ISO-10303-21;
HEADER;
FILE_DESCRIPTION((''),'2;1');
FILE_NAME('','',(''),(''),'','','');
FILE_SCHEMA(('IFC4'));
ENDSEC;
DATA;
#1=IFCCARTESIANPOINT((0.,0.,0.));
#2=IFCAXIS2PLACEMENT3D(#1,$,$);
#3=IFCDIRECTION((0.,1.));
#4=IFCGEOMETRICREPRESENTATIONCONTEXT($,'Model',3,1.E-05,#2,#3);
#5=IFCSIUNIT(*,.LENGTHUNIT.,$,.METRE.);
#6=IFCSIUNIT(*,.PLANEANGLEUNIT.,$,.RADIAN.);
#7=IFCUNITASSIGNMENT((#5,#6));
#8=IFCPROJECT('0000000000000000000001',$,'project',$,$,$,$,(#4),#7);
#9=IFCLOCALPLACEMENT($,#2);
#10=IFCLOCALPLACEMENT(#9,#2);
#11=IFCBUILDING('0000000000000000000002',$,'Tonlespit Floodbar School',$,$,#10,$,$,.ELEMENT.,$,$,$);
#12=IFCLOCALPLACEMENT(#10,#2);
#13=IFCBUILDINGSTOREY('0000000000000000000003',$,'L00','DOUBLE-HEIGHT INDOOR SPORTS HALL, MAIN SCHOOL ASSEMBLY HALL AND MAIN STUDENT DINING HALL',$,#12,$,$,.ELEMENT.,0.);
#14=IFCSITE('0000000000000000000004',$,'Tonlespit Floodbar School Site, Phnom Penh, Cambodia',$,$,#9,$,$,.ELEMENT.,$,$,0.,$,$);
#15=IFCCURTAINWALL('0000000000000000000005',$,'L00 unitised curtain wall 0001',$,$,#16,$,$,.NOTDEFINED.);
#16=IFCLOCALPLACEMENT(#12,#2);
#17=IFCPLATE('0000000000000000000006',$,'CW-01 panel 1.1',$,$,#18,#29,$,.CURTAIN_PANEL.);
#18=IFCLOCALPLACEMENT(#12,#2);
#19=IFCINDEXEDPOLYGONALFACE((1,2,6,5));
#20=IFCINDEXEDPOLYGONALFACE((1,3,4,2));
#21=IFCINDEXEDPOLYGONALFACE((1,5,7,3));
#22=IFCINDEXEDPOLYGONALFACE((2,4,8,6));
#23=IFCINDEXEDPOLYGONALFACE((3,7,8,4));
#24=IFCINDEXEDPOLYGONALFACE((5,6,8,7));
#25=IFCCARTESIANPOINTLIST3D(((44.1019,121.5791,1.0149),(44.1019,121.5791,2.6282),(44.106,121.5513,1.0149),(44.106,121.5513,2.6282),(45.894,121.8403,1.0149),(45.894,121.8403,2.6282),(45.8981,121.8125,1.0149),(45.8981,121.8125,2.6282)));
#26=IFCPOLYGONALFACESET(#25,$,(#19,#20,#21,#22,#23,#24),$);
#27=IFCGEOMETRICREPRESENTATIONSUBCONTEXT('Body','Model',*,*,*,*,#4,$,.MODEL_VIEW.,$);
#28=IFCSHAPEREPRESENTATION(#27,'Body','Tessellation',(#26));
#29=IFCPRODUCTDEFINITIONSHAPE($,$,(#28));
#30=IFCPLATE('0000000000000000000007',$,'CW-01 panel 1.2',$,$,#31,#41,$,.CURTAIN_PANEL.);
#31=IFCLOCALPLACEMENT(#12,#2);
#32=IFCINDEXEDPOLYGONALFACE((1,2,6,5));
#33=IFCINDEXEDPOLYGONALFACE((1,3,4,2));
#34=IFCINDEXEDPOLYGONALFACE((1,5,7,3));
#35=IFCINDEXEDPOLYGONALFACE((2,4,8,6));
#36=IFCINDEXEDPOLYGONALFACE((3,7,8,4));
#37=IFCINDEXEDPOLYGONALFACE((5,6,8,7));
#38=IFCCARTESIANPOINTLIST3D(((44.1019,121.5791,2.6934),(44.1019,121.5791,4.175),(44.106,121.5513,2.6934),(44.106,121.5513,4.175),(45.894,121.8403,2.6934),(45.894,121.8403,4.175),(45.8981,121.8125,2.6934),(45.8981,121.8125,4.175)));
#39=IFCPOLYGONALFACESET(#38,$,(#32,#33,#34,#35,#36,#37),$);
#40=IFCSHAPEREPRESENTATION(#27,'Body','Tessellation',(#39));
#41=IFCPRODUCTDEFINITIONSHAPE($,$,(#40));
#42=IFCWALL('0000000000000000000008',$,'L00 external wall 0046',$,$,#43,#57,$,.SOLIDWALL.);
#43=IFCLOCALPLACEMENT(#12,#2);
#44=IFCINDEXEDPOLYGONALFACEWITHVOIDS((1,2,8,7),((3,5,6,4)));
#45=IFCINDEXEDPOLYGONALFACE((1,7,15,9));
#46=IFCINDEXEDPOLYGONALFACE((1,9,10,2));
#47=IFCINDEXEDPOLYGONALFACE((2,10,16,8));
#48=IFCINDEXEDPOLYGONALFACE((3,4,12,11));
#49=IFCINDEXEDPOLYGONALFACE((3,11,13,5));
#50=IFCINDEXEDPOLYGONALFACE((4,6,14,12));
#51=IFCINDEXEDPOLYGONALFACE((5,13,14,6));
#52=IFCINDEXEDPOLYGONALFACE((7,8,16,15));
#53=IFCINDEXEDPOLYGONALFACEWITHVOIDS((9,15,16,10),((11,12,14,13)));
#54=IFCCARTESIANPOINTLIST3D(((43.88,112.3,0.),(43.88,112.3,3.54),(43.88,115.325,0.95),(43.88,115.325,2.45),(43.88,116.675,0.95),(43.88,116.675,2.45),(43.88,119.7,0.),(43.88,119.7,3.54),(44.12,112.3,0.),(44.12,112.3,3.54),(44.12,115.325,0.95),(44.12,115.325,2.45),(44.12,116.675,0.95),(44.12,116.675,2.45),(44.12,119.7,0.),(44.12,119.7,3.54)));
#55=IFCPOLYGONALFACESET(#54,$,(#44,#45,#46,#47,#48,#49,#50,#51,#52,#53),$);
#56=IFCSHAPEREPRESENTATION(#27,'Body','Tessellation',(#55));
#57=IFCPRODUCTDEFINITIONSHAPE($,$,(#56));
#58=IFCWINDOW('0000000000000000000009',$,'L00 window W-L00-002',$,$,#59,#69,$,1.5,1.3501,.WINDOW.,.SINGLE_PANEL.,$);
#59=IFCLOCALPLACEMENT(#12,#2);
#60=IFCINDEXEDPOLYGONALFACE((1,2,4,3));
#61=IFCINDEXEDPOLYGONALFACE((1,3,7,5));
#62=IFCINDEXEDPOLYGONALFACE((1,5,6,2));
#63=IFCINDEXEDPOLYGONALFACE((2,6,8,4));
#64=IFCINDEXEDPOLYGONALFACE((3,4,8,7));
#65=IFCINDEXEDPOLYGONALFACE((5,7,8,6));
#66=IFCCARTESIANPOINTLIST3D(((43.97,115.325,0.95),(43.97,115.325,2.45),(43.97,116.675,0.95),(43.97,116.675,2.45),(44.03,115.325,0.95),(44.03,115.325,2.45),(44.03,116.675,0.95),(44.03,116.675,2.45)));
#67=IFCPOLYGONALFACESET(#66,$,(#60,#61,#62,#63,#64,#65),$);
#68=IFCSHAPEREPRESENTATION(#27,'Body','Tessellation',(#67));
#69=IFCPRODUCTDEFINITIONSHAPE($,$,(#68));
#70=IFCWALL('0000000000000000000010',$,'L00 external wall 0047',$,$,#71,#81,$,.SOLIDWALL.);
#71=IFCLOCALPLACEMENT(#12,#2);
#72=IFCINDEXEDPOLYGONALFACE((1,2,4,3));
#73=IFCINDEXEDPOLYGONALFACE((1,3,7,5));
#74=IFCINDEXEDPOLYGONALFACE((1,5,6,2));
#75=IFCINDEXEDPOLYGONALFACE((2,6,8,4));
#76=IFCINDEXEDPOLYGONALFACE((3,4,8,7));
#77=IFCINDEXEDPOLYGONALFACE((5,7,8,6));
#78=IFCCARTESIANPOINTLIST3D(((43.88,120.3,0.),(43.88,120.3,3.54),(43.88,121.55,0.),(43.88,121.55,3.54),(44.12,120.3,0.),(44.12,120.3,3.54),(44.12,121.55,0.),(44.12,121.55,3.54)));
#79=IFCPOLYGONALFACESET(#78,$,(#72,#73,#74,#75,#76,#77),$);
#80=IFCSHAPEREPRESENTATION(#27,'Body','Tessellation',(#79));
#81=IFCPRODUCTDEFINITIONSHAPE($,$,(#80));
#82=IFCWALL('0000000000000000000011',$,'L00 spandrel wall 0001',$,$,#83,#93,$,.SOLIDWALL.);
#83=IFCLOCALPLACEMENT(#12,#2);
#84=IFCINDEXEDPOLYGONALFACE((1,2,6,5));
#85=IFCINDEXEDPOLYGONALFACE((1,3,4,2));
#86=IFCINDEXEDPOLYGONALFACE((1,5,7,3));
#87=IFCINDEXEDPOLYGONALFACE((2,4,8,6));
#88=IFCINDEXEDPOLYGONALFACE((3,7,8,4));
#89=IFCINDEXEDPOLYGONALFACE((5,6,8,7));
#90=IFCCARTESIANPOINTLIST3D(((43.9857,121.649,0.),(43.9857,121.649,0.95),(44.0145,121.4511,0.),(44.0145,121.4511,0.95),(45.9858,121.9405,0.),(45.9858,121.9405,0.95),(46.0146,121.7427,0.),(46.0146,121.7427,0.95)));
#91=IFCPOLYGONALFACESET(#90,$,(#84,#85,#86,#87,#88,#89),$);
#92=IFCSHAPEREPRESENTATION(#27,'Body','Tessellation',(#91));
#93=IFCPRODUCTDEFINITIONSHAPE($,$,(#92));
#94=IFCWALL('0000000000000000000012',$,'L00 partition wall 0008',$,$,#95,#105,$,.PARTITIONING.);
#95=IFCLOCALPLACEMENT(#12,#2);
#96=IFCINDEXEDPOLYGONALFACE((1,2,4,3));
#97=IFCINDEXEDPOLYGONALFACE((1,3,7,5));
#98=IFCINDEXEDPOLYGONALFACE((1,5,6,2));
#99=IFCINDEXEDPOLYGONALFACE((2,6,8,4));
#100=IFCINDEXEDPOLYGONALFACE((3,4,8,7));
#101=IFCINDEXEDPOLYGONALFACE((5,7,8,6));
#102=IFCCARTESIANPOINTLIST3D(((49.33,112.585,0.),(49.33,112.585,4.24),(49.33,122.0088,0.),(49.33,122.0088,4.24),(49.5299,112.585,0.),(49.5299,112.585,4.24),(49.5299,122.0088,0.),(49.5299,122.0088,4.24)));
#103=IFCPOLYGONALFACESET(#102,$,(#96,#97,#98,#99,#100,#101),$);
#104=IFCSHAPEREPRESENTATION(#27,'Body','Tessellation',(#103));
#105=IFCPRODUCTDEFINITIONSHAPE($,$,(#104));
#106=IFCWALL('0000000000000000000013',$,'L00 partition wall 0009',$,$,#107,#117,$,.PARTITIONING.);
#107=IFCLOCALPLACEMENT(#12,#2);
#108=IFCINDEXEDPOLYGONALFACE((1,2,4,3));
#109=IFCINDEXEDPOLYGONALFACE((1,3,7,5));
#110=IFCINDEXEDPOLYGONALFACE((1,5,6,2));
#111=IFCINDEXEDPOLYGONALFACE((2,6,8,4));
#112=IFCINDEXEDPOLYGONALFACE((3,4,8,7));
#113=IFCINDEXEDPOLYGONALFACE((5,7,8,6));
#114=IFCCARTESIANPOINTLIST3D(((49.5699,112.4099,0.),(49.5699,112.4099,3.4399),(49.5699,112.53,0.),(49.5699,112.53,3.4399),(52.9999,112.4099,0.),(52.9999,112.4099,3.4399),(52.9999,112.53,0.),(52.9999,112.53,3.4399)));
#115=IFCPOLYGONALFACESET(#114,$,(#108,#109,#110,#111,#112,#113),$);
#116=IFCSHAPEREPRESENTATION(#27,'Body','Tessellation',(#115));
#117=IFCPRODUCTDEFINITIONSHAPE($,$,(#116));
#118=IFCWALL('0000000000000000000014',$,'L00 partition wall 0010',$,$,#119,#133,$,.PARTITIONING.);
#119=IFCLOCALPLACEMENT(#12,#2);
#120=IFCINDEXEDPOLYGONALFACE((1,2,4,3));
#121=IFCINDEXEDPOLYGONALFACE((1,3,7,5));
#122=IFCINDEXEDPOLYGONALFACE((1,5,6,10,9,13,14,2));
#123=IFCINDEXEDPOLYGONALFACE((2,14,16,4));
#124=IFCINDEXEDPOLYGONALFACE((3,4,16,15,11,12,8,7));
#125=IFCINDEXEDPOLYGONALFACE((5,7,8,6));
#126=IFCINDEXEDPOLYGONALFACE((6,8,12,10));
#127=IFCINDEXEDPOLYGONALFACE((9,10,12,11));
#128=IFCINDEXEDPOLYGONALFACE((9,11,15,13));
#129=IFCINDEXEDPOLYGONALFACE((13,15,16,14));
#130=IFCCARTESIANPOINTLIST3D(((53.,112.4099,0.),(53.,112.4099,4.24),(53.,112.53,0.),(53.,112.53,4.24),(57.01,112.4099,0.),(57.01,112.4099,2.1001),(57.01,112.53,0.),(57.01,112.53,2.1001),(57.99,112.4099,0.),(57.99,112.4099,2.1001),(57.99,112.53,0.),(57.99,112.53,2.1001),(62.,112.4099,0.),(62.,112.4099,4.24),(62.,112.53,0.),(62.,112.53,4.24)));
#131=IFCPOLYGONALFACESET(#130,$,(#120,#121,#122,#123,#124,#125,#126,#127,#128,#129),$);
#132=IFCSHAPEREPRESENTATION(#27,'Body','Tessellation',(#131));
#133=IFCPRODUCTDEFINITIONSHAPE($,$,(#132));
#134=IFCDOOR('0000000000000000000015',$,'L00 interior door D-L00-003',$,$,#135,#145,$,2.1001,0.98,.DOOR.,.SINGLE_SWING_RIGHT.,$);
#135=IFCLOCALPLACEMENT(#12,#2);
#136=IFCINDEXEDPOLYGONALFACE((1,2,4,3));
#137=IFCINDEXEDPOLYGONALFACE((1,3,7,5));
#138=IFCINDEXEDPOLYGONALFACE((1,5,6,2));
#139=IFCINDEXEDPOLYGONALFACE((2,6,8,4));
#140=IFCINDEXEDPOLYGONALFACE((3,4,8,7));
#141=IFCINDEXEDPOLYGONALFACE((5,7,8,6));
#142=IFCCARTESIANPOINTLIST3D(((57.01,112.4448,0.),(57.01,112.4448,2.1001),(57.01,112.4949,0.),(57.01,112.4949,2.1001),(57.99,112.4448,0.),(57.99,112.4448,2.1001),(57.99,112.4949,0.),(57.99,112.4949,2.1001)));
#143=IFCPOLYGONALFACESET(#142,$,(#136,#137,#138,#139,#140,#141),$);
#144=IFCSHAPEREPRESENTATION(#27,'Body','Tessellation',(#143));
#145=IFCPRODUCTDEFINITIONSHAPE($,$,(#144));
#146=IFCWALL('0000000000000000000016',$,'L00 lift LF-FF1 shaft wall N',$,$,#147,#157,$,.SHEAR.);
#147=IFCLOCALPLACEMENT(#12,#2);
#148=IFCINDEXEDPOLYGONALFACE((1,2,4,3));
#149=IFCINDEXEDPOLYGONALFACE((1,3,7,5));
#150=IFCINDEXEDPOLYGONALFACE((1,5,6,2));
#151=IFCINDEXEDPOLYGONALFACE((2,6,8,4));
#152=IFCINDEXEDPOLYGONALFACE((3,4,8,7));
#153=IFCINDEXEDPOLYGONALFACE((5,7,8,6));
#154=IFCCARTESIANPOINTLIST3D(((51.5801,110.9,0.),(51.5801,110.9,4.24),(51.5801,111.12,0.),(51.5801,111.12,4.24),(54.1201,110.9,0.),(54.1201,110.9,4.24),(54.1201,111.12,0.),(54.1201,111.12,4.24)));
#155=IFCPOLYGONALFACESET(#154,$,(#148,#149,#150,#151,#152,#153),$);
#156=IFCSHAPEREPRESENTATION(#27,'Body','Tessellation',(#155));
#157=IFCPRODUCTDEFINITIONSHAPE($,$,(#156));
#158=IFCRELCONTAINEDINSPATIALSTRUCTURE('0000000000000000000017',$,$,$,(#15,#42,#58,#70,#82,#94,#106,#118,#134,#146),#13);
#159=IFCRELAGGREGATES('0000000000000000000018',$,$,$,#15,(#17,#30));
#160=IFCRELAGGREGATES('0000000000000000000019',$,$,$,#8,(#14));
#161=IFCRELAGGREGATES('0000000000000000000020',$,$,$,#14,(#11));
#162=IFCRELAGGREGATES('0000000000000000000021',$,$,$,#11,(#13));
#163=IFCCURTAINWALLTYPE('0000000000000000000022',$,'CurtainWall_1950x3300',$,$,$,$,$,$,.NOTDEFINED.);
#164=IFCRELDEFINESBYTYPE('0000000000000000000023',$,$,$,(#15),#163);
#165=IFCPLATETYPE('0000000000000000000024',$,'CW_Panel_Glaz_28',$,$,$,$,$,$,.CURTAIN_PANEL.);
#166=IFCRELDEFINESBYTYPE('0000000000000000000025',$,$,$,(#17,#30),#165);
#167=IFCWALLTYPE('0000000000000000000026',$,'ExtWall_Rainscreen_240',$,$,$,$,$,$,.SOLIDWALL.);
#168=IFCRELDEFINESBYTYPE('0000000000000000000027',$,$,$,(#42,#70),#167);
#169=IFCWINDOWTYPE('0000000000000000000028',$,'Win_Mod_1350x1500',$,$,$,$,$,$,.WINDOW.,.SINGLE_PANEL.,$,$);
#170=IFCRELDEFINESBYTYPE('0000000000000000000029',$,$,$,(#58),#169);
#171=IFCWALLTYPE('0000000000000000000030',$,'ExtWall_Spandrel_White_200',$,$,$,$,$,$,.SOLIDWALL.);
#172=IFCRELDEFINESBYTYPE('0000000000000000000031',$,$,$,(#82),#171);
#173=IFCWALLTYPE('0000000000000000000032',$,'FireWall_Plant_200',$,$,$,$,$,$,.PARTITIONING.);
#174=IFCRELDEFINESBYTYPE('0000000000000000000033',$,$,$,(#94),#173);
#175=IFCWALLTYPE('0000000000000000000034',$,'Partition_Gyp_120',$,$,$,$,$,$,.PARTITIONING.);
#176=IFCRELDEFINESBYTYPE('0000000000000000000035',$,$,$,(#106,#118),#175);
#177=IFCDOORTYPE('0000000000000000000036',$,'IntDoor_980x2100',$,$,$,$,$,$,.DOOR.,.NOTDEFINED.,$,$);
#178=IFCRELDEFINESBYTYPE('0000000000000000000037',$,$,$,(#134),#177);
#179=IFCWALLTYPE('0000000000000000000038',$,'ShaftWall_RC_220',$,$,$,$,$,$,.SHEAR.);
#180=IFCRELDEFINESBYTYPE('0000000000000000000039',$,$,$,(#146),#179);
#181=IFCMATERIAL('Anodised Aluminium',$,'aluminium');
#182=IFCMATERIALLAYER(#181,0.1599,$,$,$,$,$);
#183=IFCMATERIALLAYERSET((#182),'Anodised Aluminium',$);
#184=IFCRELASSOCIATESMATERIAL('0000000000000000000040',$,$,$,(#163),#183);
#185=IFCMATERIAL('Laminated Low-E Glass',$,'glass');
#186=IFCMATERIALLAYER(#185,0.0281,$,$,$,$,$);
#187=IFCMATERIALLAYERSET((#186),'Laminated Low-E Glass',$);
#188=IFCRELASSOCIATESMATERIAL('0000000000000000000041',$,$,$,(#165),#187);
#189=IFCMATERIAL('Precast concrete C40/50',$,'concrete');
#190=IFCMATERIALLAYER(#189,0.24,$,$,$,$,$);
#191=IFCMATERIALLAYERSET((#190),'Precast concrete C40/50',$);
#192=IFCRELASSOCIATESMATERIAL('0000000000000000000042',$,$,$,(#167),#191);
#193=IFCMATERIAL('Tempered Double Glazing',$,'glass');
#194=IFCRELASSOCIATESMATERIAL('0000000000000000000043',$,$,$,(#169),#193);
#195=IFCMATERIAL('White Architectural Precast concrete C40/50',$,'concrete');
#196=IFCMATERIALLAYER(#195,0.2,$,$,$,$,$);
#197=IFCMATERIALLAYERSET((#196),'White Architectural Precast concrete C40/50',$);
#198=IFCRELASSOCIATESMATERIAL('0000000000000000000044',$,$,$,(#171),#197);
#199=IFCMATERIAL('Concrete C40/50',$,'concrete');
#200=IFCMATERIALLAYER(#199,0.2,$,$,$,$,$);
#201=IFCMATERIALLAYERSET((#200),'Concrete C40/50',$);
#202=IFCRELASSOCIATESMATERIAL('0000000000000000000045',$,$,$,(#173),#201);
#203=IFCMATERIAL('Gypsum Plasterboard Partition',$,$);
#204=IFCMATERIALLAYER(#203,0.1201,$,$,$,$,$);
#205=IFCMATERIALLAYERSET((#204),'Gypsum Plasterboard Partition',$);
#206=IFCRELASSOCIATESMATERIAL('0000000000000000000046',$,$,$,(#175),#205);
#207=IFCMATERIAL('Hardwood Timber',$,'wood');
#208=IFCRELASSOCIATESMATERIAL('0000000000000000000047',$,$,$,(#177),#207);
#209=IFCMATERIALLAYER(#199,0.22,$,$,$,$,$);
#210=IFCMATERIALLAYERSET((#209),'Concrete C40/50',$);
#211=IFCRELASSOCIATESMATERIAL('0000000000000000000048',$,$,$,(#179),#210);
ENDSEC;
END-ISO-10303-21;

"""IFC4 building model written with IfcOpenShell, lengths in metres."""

from ifc_helpers import new_model, si_unit, direction, frame, frame_2d, origin, origin_2d, place, context, subcontext, project, spatial, rectangle, extrude, material, layer, layer_set, type_object, element, fill, aggregate, save


model = new_model("IFC4")

# Units and contexts
model_context = context("Model", 3, precision=1e-05, world=origin(), true_north=direction((0.0, 1.0)))
body_context = subcontext(model_context, "Body", "Model", "MODEL_VIEW")
ifc_project = project(units=[si_unit("LENGTHUNIT", "METRE"), si_unit("PLANEANGLEUNIT", "RADIAN")], contexts=[model_context])

# Site, building, storey
site_placement = place(None, origin())
site = spatial("IfcSite", under=ifc_project, at=site_placement, Name="Tonlespit Floodbar School Site, Phnom Penh, Cambodia", CompositionType="ELEMENT", RefElevation=0.0)
building_placement = place(site_placement, origin())
building = spatial("IfcBuilding", under=site, at=building_placement, Name="Tonlespit Floodbar School", CompositionType="ELEMENT")
storey_placement = place(building_placement, origin())
storey = spatial("IfcBuildingStorey", under=building, at=storey_placement, Name="L00", Description="DOUBLE-HEIGHT INDOOR SPORTS HALL, MAIN SCHOOL ASSEMBLY HALL AND MAIN STUDENT DINING HALL", CompositionType="ELEMENT", Elevation=0.0)

# Shared definitions
ifc_material_1 = material(Name="Concrete C40/50", Category="concrete")

# Curtain wall
ifc_material_2 = material(Name="Anodised Aluminium", Category="aluminium")
ifc_layer_1 = layer(ifc_material_2, 0.1599)
ifc_layer_set_1 = layer_set([ifc_layer_1], Name="Anodised Aluminium")
curtain_wall_type = type_object("IfcCurtainWallType", Name="CurtainWall_1950x3300", PredefinedType="NOTDEFINED", material=ifc_layer_set_1)
curtain_wall_placement = place(storey_placement, origin())
curtain_wall = element("IfcCurtainWall", 1, at=curtain_wall_placement, inside=storey, type_object=curtain_wall_type, Name="L00 unitised curtain wall 0001", PredefinedType="NOTDEFINED")

# Plates
ifc_material_3 = material(Name="Laminated Low-E Glass", Category="glass")
ifc_layer_2 = layer(ifc_material_3, 0.0281)
ifc_layer_set_2 = layer_set([ifc_layer_2], Name="Laminated Low-E Glass")
plate_type = type_object("IfcPlateType", Name="CW_Panel_Glaz_28", PredefinedType="CURTAIN_PANEL", material=ifc_layer_set_2)
plate_1_placement = place(storey_placement, frame((45.0, 121.6958, 1.0149), z_axis=(0.0, 0.0, 1.0), x_axis=(0.989542, 0.144248, 0.0)))
plate_1 = element("IfcPlate", 2, at=plate_1_placement, type_object=plate_type, Name="CW-01 panel 1.1", PredefinedType="CURTAIN_PANEL", context=body_context, shape_type="SweptSolid", body=[
    extrude(rectangle(XDim=1.811, YDim=0.0281, at=origin_2d()), origin(), (0.0, 0.0, 1.0), 1.6133),
])
plate_2_placement = place(storey_placement, frame((45.0, 121.6958, 2.6934), z_axis=(0.0, 0.0, 1.0), x_axis=(0.989542, 0.144248, 0.0)))
plate_2 = element("IfcPlate", 3, at=plate_2_placement, type_object=plate_type, Name="CW-01 panel 1.2", PredefinedType="CURTAIN_PANEL", context=body_context, shape_type="SweptSolid", body=[
    extrude(rectangle(XDim=1.811, YDim=0.0281, at=origin_2d()), origin(), (0.0, 0.0, 1.0), 1.4817),
])
aggregate(curtain_wall, [plate_1, plate_2])

# Wall, opening, window
ifc_material_4 = material(Name="Precast concrete C40/50", Category="concrete")
ifc_layer_3 = layer(ifc_material_4, 0.24)
ifc_layer_set_3 = layer_set([ifc_layer_3], Name="Precast concrete C40/50")
wall_type_1 = type_object("IfcWallType", Name="ExtWall_Rainscreen_240", PredefinedType="SOLIDWALL", material=ifc_layer_set_3)
wall_1_placement = place(storey_placement, frame((44.0, 112.3, 0.0), z_axis=(0.0, 0.0, 1.0), x_axis=(0.0, 1.0, 0.0)))
wall_1 = element("IfcWall", 4, at=wall_1_placement, inside=storey, type_object=wall_type_1, Name="L00 external wall 0046", PredefinedType="SOLIDWALL", context=body_context, shape_type="SweptSolid", body=[
    extrude(rectangle(XDim=7.3999, YDim=0.24, at=frame_2d((3.7, 0.0))), origin(), (0.0, 0.0, 1.0), 3.54),
])
opening_1_placement = place(wall_1_placement, frame((3.0249, 0.0, 0.95)))
opening_1 = element("IfcOpeningElement", 5, at=opening_1_placement, cuts=wall_1, PredefinedType="OPENING", context=body_context, shape_type="SweptSolid", body=[
    extrude(rectangle(XDim=1.3501, YDim=1.5, at=frame_2d((0.675, 0.75))), frame((0.0, 0.1299, 0.0), z_axis=(0.0, -1.0, 0.0), x_axis=(1.0, 0.0, 0.0)), (0.0, 0.0, 1.0), 0.26),
])
ifc_material_5 = material(Name="Tempered Double Glazing", Category="glass")
window_type = type_object("IfcWindowType", Name="Win_Mod_1350x1500", PartitioningType="SINGLE_PANEL", PredefinedType="WINDOW", material=ifc_material_5)
window_placement = place(opening_1_placement, origin())
window = element("IfcWindow", 6, at=window_placement, inside=storey, type_object=window_type, Name="L00 window W-L00-002", OverallHeight=1.5, OverallWidth=1.3501, PartitioningType="SINGLE_PANEL", PredefinedType="WINDOW", context=body_context, shape_type="SweptSolid", body=[
    extrude(rectangle(XDim=1.3501, YDim=1.5, at=frame_2d((0.675, 0.75))), frame((0.0, 0.03, 0.0), z_axis=(0.0, -1.0, 0.0), x_axis=(1.0, 0.0, 0.0)), (0.0, 0.0, 1.0), 0.0601),
])
fill(opening_1, window)

# Walls
wall_2_placement = place(storey_placement, frame((44.0, 120.3, 0.0), z_axis=(0.0, 0.0, 1.0), x_axis=(0.0, 1.0, 0.0)))
element("IfcWall", 7, at=wall_2_placement, inside=storey, type_object=wall_type_1, Name="L00 external wall 0047", PredefinedType="SOLIDWALL", context=body_context, shape_type="SweptSolid", body=[
    extrude(rectangle(XDim=1.25, YDim=0.24, at=frame_2d((0.625, 0.0))), origin(), (0.0, 0.0, 1.0), 3.54),
])
ifc_material_6 = material(Name="White Architectural Precast concrete C40/50", Category="concrete")
ifc_layer_4 = layer(ifc_material_6, 0.2)
ifc_layer_set_4 = layer_set([ifc_layer_4], Name="White Architectural Precast concrete C40/50")
wall_type_2 = type_object("IfcWallType", Name="ExtWall_Spandrel_White_200", PredefinedType="SOLIDWALL", material=ifc_layer_set_4)
wall_3_placement = place(storey_placement, frame((44.0, 121.55, 0.0), z_axis=(0.0, 0.0, 1.0), x_axis=(0.989544, 0.144228, 0.0)))
element("IfcWall", 8, at=wall_3_placement, inside=storey, type_object=wall_type_2, Name="L00 spandrel wall 0001", PredefinedType="SOLIDWALL", context=body_context, shape_type="SweptSolid", body=[
    extrude(rectangle(XDim=2.0212, YDim=0.2, at=frame_2d((1.0107, 0.0))), origin(), (0.0, 0.0, 1.0), 0.95),
])

# Shared definitions
ifc_layer_5 = layer(ifc_material_1, 0.2)
ifc_layer_set_5 = layer_set([ifc_layer_5], Name="Concrete C40/50")
wall_type_3 = type_object("IfcWallType", Name="FireWall_Plant_200", PredefinedType="PARTITIONING", material=ifc_layer_set_5)

# Walls
wall_4_placement = place(storey_placement, frame((49.4299, 112.585, 0.0), z_axis=(0.0, 0.0, 1.0), x_axis=(0.0, 1.0, 0.0)))
element("IfcWall", 9, at=wall_4_placement, inside=storey, type_object=wall_type_3, Name="L00 partition wall 0008", PredefinedType="PARTITIONING", context=body_context, shape_type="SweptSolid", body=[
    extrude(rectangle(XDim=9.4238, YDim=0.2, at=frame_2d((4.7119, 0.0))), origin(), (0.0, 0.0, 1.0), 4.24),
])
ifc_material_7 = material(Name="Gypsum Plasterboard Partition")
ifc_layer_6 = layer(ifc_material_7, 0.1201)
ifc_layer_set_6 = layer_set([ifc_layer_6], Name="Gypsum Plasterboard Partition")
wall_type_4 = type_object("IfcWallType", Name="Partition_Gyp_120", PredefinedType="PARTITIONING", material=ifc_layer_set_6)
wall_5_placement = place(storey_placement, frame((49.5701, 112.47, 0.0), z_axis=(0.0, 0.0, 1.0), x_axis=(1.0, 0.0, 0.0)))
element("IfcWall", 10, at=wall_5_placement, inside=storey, type_object=wall_type_4, Name="L00 partition wall 0009", PredefinedType="PARTITIONING", context=body_context, shape_type="SweptSolid", body=[
    extrude(rectangle(XDim=3.4299, YDim=0.1201, at=frame_2d((1.7148, 0.0))), origin(), (0.0, 0.0, 1.0), 3.4399),
])

# Wall, opening, door
wall_6_placement = place(storey_placement, frame((53.0, 112.47, 0.0), z_axis=(0.0, 0.0, 1.0), x_axis=(1.0, 0.0, 0.0)))
wall_6 = element("IfcWall", 11, at=wall_6_placement, inside=storey, type_object=wall_type_4, Name="L00 partition wall 0010", PredefinedType="PARTITIONING", context=body_context, shape_type="SweptSolid", body=[
    extrude(rectangle(XDim=9.0, YDim=0.1201, at=frame_2d((4.5, 0.0))), origin(), (0.0, 0.0, 1.0), 4.24),
])
opening_2_placement = place(wall_6_placement, frame((4.01, 0.0, 0.0)))
opening_2 = element("IfcOpeningElement", 12, at=opening_2_placement, cuts=wall_6, PredefinedType="OPENING", context=body_context, shape_type="SweptSolid", body=[
    extrude(rectangle(XDim=0.98, YDim=2.1001, at=frame_2d((0.49, 1.05))), frame((0.0, 0.0701, 0.0), z_axis=(0.0, -1.0, 0.0), x_axis=(1.0, 0.0, 0.0)), (0.0, 0.0, 1.0), 0.1401),
])
ifc_material_8 = material(Name="Hardwood Timber", Category="wood")
door_type_1 = type_object("IfcDoorType", Name="IntDoor_980x2100", OperationType="NOTDEFINED", PredefinedType="DOOR", material=ifc_material_8)
door_1_placement = place(opening_2_placement, origin())
door_1 = element("IfcDoor", 13, at=door_1_placement, inside=storey, type_object=door_type_1, Name="L00 interior door D-L00-003", OperationType="SINGLE_SWING_RIGHT", OverallHeight=2.1001, OverallWidth=0.98, PredefinedType="DOOR", context=body_context, shape_type="SweptSolid", body=[
    extrude(rectangle(XDim=0.98, YDim=2.1001, at=frame_2d((0.49, 1.05))), frame((0.0, 0.0249, 0.0), z_axis=(0.0, -1.0, 0.0), x_axis=(1.0, 0.0, 0.0)), (0.0, 0.0, 1.0), 0.05),
])
fill(opening_2, door_1)

# Wall
ifc_layer_7 = layer(ifc_material_1, 0.22)
ifc_layer_set_7 = layer_set([ifc_layer_7], Name="Concrete C40/50")
wall_type_5 = type_object("IfcWallType", Name="ShaftWall_RC_220", PredefinedType="SHEAR", material=ifc_layer_set_7)
wall_7_placement = place(storey_placement, frame((51.5801, 111.01, 0.0), z_axis=(0.0, 0.0, 1.0), x_axis=(1.0, 0.0, 0.0)))
element("IfcWall", 14, at=wall_7_placement, inside=storey, type_object=wall_type_5, Name="L00 lift LF-FF1 shaft wall N", PredefinedType="SHEAR", context=body_context, shape_type="SweptSolid", body=[
    extrude(rectangle(XDim=2.54, YDim=0.22, at=frame_2d((1.27, 0.0))), origin(), (0.0, 0.0, 1.0), 4.24),
])

save(model, "model.ifc")
